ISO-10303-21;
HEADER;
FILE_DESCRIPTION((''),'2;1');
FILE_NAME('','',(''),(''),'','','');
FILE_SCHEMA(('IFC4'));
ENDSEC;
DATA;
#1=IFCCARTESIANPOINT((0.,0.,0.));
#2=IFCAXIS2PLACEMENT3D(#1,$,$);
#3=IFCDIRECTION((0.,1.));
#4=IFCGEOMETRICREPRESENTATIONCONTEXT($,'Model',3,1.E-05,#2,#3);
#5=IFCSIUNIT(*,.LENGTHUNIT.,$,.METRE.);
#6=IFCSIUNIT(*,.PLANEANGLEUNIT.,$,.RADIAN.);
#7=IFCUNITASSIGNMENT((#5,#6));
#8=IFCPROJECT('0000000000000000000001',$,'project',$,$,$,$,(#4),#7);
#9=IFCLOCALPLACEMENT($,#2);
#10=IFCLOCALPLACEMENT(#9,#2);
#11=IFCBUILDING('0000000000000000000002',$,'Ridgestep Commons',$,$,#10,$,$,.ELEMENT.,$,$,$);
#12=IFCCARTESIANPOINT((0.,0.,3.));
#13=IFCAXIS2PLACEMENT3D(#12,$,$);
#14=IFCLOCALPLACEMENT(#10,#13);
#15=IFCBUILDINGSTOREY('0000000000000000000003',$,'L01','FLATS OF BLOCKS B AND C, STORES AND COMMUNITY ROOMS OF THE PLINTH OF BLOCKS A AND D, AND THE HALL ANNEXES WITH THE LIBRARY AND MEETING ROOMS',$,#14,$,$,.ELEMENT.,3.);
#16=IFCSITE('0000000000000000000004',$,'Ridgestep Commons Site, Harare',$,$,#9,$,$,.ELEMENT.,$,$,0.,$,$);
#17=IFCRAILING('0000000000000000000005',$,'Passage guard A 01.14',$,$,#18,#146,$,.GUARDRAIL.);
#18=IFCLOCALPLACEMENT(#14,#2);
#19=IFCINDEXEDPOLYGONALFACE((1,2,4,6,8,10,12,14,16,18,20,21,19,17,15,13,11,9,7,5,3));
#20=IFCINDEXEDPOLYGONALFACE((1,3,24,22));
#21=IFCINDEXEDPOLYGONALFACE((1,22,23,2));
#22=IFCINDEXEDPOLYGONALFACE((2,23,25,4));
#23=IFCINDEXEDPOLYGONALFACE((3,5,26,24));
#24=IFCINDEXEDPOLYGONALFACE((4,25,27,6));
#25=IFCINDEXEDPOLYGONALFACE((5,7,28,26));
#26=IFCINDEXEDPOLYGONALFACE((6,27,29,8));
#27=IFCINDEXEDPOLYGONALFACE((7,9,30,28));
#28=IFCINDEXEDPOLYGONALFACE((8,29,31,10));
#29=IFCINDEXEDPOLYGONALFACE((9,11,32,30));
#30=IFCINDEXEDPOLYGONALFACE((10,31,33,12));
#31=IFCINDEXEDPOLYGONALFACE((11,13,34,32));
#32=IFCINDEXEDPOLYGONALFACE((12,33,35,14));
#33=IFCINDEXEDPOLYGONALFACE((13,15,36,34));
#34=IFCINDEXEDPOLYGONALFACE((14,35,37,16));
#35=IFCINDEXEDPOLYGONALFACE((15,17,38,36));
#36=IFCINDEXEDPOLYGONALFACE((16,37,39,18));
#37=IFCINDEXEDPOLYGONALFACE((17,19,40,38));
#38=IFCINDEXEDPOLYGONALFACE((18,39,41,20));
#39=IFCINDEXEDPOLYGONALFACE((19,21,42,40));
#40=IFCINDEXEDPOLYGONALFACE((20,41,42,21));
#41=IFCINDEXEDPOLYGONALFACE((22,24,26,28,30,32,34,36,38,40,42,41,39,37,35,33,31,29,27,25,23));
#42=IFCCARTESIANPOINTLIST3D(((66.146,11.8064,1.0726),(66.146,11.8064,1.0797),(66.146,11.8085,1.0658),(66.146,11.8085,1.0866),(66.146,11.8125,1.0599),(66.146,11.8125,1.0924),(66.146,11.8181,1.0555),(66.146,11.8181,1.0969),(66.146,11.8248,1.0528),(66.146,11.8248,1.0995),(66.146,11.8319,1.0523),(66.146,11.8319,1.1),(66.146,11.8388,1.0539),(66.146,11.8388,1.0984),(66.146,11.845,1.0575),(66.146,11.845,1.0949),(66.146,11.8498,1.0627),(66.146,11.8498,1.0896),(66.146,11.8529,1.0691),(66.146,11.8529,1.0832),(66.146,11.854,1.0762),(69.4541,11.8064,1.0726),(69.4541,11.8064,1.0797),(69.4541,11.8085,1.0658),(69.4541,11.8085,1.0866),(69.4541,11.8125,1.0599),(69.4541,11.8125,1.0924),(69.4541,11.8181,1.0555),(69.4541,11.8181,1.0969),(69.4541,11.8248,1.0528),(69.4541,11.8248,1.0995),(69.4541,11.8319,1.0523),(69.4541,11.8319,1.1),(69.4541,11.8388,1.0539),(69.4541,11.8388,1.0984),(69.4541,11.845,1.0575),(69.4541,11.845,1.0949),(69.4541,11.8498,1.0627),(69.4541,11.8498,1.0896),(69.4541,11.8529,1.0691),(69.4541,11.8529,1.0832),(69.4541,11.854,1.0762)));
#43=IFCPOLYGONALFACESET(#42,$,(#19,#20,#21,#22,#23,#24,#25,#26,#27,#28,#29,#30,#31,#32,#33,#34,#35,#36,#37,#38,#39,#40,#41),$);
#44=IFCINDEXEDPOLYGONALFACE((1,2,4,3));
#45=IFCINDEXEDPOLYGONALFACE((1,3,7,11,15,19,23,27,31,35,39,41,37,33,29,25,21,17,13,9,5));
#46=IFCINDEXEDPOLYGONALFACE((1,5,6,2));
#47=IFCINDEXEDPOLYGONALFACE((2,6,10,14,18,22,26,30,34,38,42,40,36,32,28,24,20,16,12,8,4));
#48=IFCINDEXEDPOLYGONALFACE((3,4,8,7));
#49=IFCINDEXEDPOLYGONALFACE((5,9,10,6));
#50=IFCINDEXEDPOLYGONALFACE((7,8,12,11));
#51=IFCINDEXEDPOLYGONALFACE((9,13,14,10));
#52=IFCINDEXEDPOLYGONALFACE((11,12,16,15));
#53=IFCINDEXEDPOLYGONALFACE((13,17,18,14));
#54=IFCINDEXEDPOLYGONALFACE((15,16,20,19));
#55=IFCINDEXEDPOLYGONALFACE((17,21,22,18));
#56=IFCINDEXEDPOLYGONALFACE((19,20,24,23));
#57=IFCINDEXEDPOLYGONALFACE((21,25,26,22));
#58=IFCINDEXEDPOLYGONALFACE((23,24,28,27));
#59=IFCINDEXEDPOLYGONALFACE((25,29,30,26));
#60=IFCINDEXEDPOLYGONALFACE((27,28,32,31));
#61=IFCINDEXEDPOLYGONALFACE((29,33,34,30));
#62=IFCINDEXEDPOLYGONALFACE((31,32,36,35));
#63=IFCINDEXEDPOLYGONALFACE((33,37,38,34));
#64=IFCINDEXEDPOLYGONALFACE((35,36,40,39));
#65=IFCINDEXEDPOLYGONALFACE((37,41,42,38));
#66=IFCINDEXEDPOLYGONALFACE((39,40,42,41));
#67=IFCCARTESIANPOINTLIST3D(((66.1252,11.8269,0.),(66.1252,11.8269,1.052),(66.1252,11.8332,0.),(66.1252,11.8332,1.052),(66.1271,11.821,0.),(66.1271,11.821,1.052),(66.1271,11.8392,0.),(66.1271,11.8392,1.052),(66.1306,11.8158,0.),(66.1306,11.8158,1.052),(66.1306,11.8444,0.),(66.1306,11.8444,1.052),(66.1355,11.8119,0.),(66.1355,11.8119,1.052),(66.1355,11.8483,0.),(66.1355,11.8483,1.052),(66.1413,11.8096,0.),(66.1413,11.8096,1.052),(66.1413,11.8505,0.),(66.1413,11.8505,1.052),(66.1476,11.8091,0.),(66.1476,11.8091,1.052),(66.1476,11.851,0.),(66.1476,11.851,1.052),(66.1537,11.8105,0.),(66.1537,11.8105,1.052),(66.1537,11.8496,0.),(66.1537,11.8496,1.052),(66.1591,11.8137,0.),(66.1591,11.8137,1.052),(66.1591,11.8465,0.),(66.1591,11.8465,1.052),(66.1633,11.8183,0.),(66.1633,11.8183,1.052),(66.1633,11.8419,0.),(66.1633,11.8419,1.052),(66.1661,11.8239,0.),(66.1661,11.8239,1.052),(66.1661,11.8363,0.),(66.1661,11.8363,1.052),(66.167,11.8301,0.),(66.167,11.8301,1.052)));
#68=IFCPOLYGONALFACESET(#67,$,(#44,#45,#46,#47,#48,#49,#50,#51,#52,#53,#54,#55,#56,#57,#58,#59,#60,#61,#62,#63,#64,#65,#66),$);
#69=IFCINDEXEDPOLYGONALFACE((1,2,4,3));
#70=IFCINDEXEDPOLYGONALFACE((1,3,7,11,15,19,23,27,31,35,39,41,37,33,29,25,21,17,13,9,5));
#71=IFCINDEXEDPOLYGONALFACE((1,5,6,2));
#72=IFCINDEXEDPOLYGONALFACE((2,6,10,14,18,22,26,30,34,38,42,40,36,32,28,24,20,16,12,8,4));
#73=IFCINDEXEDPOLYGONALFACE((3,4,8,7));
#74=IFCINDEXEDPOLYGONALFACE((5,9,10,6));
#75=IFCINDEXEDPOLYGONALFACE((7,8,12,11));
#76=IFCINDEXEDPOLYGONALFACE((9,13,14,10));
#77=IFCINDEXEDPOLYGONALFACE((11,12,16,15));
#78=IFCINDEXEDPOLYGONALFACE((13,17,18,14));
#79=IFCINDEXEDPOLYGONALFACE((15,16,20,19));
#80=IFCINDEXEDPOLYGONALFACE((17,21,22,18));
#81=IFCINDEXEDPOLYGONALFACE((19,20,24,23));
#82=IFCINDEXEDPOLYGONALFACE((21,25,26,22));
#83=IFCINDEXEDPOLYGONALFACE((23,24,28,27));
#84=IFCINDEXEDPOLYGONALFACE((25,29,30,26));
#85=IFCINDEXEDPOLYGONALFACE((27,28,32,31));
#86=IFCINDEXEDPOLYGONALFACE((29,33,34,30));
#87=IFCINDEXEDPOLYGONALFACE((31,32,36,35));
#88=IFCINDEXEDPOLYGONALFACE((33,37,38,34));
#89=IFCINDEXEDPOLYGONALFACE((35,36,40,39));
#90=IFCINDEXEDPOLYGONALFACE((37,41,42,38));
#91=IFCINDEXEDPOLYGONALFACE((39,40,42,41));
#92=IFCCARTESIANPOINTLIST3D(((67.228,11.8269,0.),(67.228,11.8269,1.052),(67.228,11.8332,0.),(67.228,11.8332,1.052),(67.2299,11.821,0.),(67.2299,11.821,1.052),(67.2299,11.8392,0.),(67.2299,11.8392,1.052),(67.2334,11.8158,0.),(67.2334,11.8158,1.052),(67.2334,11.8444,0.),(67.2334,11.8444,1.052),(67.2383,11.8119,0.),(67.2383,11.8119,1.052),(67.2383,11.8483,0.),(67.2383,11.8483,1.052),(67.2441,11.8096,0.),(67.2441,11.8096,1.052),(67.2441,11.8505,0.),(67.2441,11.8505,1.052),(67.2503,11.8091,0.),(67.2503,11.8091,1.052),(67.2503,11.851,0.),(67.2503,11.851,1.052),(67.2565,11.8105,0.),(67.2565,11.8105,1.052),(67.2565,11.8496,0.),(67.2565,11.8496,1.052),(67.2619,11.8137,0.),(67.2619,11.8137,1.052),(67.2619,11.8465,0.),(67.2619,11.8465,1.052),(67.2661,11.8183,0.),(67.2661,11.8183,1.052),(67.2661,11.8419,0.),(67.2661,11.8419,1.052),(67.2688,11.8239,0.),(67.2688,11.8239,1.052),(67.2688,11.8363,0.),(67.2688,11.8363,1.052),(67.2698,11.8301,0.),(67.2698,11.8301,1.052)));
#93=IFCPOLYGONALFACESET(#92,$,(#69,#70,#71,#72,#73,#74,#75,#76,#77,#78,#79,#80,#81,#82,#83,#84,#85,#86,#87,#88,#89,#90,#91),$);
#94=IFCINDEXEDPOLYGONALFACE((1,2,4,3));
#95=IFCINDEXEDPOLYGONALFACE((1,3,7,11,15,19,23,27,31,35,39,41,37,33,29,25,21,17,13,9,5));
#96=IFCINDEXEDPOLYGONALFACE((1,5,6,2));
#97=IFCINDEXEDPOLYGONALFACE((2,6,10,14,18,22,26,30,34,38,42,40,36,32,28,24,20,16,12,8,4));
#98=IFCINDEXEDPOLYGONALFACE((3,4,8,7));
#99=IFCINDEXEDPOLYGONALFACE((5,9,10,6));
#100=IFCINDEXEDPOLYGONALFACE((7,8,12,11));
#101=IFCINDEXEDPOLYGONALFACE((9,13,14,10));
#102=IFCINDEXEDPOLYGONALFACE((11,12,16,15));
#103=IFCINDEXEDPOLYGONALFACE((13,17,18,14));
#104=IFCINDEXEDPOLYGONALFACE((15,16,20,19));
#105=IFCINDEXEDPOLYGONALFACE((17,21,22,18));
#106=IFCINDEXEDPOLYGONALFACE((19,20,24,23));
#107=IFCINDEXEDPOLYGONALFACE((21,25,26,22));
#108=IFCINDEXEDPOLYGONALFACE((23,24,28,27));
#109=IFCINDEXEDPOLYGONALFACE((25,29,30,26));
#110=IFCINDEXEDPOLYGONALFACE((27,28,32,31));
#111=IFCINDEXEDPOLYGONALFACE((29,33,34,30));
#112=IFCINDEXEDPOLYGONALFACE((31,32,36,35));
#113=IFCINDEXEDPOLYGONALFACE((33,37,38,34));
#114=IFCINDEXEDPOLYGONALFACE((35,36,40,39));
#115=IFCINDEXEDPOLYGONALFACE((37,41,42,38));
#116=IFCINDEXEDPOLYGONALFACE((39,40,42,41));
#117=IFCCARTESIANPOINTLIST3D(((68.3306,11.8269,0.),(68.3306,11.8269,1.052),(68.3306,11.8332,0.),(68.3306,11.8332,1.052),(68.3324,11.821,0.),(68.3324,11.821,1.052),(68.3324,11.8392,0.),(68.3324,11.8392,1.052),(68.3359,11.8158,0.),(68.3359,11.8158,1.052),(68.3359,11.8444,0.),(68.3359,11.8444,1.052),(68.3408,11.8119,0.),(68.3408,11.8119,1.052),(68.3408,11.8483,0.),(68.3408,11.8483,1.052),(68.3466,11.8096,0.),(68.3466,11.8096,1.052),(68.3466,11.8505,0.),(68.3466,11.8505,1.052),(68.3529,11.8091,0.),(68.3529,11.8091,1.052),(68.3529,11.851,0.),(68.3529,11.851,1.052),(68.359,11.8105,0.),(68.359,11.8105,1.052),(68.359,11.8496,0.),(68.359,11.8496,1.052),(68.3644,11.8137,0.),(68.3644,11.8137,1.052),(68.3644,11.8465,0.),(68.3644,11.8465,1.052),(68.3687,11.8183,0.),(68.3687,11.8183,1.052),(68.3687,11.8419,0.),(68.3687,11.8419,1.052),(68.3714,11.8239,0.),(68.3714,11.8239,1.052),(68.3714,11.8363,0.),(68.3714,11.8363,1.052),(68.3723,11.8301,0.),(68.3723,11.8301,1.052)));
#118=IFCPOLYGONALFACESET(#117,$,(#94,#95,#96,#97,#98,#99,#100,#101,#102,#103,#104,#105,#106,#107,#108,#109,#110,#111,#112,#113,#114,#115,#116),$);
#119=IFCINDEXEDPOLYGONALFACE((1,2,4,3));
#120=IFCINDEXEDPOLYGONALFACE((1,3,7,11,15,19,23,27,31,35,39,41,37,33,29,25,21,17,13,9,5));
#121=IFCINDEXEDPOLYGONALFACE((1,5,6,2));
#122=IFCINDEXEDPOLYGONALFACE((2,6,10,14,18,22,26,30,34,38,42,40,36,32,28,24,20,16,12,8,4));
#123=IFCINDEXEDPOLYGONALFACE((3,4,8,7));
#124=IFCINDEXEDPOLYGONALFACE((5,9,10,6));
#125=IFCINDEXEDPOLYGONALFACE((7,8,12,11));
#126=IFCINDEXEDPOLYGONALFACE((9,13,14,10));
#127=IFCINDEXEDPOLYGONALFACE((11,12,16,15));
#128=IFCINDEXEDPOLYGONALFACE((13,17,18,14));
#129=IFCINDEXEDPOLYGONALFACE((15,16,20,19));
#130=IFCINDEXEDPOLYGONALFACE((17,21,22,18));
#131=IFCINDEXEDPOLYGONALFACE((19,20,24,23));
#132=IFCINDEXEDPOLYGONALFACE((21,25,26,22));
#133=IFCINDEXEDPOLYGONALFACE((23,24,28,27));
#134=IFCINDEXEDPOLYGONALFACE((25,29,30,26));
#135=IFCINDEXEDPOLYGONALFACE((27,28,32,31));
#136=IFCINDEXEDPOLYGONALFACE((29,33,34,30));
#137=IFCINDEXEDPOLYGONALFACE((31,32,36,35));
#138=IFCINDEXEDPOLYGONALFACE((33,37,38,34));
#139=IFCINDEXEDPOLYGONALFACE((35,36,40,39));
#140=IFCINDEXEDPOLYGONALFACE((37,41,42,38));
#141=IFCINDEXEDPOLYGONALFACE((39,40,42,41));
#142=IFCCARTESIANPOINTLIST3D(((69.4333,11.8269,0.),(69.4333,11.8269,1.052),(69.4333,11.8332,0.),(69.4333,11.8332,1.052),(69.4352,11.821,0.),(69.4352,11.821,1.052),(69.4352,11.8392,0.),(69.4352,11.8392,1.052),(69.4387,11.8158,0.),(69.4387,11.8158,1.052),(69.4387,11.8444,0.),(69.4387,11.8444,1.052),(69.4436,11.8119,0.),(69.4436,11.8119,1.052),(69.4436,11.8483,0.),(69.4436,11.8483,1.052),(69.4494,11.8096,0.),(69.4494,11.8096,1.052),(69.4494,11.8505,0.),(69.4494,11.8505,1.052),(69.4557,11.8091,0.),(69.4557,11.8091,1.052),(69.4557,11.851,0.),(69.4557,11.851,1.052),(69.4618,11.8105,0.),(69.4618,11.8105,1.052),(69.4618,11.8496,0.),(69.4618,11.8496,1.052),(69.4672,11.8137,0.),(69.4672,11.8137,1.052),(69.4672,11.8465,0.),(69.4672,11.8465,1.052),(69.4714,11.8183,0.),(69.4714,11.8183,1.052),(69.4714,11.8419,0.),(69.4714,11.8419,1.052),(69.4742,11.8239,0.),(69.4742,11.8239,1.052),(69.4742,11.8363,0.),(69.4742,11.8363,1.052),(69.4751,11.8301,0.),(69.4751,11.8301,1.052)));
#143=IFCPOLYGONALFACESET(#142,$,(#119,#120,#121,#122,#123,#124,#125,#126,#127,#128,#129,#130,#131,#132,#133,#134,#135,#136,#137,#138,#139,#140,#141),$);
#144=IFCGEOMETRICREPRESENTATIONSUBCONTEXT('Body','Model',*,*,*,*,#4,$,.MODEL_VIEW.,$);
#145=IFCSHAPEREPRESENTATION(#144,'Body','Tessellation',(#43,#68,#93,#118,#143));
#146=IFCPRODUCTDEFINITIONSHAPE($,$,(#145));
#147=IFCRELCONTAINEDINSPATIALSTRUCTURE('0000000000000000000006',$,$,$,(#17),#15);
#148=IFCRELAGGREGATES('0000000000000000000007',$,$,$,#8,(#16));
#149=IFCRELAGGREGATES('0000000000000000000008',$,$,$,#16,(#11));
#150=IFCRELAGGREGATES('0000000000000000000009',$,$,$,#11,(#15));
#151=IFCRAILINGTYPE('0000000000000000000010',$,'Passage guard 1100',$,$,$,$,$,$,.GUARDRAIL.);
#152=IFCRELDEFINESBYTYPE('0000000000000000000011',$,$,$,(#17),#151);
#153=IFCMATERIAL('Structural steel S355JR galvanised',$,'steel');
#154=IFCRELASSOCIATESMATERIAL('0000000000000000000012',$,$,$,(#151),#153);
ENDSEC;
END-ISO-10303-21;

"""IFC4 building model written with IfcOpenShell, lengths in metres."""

from ifc_helpers import new_model, si_unit, direction, frame, origin, origin_2d, place, context, subcontext, project, spatial, circle, extrude, material, type_object, element, save


model = new_model("IFC4")

# Units and contexts
model_context = context("Model", 3, precision=1e-05, world=origin(), true_north=direction((0.0, 1.0)))
body_context = subcontext(model_context, "Body", "Model", "MODEL_VIEW")
ifc_project = project(units=[si_unit("LENGTHUNIT", "METRE"), si_unit("PLANEANGLEUNIT", "RADIAN")], contexts=[model_context])

# Site, building, storey
site_placement = place(None, origin())
site = spatial("IfcSite", under=ifc_project, at=site_placement, Name="Ridgestep Commons Site, Harare", CompositionType="ELEMENT", RefElevation=0.0)
building_placement = place(site_placement, origin())
building = spatial("IfcBuilding", under=site, at=building_placement, Name="Ridgestep Commons", CompositionType="ELEMENT")
storey_placement = place(building_placement, frame((0.0, 0.0, 3.0)))
storey = spatial("IfcBuildingStorey", under=building, at=storey_placement, Name="L01", Description="FLATS OF BLOCKS B AND C, STORES AND COMMUNITY ROOMS OF THE PLINTH OF BLOCKS A AND D, AND THE HALL ANNEXES WITH THE LIBRARY AND MEETING ROOMS", CompositionType="ELEMENT", Elevation=3.0)

# Railing
ifc_material_1 = material(Name="Structural steel S355JR galvanised", Category="steel")
railing_type = type_object("IfcRailingType", Name="Passage guard 1100", PredefinedType="GUARDRAIL", material=ifc_material_1)
railing_1_placement = place(storey_placement, frame((66.146, 11.8301, 0.0)))
element("IfcRailing", 1, at=railing_1_placement, inside=storey, type_object=railing_type, Name="Passage guard A 01.14", PredefinedType="GUARDRAIL", context=body_context, shape_type="SweptSolid", body=[
    extrude(circle(Radius=0.0239, at=origin_2d()), frame((0.0, 0.0, 1.0762), z_axis=(1.0, 0.0, 0.0), x_axis=(0.0, 1.0, 0.0)), (0.0, 0.0, 1.0), 3.3081),
    extrude(circle(Radius=0.021, at=origin_2d()), origin(), (0.0, 0.0, 1.0), 1.052),
    extrude(circle(Radius=0.021, at=origin_2d()), frame((1.1028, 0.0, 0.0)), (0.0, 0.0, 1.0), 1.052),
    extrude(circle(Radius=0.021, at=origin_2d()), frame((2.2053, 0.0, 0.0)), (0.0, 0.0, 1.0), 1.052),
    extrude(circle(Radius=0.021, at=origin_2d()), frame((3.3081, 0.0, 0.0)), (0.0, 0.0, 1.0), 1.052),
])

save(model, "model.ifc")
